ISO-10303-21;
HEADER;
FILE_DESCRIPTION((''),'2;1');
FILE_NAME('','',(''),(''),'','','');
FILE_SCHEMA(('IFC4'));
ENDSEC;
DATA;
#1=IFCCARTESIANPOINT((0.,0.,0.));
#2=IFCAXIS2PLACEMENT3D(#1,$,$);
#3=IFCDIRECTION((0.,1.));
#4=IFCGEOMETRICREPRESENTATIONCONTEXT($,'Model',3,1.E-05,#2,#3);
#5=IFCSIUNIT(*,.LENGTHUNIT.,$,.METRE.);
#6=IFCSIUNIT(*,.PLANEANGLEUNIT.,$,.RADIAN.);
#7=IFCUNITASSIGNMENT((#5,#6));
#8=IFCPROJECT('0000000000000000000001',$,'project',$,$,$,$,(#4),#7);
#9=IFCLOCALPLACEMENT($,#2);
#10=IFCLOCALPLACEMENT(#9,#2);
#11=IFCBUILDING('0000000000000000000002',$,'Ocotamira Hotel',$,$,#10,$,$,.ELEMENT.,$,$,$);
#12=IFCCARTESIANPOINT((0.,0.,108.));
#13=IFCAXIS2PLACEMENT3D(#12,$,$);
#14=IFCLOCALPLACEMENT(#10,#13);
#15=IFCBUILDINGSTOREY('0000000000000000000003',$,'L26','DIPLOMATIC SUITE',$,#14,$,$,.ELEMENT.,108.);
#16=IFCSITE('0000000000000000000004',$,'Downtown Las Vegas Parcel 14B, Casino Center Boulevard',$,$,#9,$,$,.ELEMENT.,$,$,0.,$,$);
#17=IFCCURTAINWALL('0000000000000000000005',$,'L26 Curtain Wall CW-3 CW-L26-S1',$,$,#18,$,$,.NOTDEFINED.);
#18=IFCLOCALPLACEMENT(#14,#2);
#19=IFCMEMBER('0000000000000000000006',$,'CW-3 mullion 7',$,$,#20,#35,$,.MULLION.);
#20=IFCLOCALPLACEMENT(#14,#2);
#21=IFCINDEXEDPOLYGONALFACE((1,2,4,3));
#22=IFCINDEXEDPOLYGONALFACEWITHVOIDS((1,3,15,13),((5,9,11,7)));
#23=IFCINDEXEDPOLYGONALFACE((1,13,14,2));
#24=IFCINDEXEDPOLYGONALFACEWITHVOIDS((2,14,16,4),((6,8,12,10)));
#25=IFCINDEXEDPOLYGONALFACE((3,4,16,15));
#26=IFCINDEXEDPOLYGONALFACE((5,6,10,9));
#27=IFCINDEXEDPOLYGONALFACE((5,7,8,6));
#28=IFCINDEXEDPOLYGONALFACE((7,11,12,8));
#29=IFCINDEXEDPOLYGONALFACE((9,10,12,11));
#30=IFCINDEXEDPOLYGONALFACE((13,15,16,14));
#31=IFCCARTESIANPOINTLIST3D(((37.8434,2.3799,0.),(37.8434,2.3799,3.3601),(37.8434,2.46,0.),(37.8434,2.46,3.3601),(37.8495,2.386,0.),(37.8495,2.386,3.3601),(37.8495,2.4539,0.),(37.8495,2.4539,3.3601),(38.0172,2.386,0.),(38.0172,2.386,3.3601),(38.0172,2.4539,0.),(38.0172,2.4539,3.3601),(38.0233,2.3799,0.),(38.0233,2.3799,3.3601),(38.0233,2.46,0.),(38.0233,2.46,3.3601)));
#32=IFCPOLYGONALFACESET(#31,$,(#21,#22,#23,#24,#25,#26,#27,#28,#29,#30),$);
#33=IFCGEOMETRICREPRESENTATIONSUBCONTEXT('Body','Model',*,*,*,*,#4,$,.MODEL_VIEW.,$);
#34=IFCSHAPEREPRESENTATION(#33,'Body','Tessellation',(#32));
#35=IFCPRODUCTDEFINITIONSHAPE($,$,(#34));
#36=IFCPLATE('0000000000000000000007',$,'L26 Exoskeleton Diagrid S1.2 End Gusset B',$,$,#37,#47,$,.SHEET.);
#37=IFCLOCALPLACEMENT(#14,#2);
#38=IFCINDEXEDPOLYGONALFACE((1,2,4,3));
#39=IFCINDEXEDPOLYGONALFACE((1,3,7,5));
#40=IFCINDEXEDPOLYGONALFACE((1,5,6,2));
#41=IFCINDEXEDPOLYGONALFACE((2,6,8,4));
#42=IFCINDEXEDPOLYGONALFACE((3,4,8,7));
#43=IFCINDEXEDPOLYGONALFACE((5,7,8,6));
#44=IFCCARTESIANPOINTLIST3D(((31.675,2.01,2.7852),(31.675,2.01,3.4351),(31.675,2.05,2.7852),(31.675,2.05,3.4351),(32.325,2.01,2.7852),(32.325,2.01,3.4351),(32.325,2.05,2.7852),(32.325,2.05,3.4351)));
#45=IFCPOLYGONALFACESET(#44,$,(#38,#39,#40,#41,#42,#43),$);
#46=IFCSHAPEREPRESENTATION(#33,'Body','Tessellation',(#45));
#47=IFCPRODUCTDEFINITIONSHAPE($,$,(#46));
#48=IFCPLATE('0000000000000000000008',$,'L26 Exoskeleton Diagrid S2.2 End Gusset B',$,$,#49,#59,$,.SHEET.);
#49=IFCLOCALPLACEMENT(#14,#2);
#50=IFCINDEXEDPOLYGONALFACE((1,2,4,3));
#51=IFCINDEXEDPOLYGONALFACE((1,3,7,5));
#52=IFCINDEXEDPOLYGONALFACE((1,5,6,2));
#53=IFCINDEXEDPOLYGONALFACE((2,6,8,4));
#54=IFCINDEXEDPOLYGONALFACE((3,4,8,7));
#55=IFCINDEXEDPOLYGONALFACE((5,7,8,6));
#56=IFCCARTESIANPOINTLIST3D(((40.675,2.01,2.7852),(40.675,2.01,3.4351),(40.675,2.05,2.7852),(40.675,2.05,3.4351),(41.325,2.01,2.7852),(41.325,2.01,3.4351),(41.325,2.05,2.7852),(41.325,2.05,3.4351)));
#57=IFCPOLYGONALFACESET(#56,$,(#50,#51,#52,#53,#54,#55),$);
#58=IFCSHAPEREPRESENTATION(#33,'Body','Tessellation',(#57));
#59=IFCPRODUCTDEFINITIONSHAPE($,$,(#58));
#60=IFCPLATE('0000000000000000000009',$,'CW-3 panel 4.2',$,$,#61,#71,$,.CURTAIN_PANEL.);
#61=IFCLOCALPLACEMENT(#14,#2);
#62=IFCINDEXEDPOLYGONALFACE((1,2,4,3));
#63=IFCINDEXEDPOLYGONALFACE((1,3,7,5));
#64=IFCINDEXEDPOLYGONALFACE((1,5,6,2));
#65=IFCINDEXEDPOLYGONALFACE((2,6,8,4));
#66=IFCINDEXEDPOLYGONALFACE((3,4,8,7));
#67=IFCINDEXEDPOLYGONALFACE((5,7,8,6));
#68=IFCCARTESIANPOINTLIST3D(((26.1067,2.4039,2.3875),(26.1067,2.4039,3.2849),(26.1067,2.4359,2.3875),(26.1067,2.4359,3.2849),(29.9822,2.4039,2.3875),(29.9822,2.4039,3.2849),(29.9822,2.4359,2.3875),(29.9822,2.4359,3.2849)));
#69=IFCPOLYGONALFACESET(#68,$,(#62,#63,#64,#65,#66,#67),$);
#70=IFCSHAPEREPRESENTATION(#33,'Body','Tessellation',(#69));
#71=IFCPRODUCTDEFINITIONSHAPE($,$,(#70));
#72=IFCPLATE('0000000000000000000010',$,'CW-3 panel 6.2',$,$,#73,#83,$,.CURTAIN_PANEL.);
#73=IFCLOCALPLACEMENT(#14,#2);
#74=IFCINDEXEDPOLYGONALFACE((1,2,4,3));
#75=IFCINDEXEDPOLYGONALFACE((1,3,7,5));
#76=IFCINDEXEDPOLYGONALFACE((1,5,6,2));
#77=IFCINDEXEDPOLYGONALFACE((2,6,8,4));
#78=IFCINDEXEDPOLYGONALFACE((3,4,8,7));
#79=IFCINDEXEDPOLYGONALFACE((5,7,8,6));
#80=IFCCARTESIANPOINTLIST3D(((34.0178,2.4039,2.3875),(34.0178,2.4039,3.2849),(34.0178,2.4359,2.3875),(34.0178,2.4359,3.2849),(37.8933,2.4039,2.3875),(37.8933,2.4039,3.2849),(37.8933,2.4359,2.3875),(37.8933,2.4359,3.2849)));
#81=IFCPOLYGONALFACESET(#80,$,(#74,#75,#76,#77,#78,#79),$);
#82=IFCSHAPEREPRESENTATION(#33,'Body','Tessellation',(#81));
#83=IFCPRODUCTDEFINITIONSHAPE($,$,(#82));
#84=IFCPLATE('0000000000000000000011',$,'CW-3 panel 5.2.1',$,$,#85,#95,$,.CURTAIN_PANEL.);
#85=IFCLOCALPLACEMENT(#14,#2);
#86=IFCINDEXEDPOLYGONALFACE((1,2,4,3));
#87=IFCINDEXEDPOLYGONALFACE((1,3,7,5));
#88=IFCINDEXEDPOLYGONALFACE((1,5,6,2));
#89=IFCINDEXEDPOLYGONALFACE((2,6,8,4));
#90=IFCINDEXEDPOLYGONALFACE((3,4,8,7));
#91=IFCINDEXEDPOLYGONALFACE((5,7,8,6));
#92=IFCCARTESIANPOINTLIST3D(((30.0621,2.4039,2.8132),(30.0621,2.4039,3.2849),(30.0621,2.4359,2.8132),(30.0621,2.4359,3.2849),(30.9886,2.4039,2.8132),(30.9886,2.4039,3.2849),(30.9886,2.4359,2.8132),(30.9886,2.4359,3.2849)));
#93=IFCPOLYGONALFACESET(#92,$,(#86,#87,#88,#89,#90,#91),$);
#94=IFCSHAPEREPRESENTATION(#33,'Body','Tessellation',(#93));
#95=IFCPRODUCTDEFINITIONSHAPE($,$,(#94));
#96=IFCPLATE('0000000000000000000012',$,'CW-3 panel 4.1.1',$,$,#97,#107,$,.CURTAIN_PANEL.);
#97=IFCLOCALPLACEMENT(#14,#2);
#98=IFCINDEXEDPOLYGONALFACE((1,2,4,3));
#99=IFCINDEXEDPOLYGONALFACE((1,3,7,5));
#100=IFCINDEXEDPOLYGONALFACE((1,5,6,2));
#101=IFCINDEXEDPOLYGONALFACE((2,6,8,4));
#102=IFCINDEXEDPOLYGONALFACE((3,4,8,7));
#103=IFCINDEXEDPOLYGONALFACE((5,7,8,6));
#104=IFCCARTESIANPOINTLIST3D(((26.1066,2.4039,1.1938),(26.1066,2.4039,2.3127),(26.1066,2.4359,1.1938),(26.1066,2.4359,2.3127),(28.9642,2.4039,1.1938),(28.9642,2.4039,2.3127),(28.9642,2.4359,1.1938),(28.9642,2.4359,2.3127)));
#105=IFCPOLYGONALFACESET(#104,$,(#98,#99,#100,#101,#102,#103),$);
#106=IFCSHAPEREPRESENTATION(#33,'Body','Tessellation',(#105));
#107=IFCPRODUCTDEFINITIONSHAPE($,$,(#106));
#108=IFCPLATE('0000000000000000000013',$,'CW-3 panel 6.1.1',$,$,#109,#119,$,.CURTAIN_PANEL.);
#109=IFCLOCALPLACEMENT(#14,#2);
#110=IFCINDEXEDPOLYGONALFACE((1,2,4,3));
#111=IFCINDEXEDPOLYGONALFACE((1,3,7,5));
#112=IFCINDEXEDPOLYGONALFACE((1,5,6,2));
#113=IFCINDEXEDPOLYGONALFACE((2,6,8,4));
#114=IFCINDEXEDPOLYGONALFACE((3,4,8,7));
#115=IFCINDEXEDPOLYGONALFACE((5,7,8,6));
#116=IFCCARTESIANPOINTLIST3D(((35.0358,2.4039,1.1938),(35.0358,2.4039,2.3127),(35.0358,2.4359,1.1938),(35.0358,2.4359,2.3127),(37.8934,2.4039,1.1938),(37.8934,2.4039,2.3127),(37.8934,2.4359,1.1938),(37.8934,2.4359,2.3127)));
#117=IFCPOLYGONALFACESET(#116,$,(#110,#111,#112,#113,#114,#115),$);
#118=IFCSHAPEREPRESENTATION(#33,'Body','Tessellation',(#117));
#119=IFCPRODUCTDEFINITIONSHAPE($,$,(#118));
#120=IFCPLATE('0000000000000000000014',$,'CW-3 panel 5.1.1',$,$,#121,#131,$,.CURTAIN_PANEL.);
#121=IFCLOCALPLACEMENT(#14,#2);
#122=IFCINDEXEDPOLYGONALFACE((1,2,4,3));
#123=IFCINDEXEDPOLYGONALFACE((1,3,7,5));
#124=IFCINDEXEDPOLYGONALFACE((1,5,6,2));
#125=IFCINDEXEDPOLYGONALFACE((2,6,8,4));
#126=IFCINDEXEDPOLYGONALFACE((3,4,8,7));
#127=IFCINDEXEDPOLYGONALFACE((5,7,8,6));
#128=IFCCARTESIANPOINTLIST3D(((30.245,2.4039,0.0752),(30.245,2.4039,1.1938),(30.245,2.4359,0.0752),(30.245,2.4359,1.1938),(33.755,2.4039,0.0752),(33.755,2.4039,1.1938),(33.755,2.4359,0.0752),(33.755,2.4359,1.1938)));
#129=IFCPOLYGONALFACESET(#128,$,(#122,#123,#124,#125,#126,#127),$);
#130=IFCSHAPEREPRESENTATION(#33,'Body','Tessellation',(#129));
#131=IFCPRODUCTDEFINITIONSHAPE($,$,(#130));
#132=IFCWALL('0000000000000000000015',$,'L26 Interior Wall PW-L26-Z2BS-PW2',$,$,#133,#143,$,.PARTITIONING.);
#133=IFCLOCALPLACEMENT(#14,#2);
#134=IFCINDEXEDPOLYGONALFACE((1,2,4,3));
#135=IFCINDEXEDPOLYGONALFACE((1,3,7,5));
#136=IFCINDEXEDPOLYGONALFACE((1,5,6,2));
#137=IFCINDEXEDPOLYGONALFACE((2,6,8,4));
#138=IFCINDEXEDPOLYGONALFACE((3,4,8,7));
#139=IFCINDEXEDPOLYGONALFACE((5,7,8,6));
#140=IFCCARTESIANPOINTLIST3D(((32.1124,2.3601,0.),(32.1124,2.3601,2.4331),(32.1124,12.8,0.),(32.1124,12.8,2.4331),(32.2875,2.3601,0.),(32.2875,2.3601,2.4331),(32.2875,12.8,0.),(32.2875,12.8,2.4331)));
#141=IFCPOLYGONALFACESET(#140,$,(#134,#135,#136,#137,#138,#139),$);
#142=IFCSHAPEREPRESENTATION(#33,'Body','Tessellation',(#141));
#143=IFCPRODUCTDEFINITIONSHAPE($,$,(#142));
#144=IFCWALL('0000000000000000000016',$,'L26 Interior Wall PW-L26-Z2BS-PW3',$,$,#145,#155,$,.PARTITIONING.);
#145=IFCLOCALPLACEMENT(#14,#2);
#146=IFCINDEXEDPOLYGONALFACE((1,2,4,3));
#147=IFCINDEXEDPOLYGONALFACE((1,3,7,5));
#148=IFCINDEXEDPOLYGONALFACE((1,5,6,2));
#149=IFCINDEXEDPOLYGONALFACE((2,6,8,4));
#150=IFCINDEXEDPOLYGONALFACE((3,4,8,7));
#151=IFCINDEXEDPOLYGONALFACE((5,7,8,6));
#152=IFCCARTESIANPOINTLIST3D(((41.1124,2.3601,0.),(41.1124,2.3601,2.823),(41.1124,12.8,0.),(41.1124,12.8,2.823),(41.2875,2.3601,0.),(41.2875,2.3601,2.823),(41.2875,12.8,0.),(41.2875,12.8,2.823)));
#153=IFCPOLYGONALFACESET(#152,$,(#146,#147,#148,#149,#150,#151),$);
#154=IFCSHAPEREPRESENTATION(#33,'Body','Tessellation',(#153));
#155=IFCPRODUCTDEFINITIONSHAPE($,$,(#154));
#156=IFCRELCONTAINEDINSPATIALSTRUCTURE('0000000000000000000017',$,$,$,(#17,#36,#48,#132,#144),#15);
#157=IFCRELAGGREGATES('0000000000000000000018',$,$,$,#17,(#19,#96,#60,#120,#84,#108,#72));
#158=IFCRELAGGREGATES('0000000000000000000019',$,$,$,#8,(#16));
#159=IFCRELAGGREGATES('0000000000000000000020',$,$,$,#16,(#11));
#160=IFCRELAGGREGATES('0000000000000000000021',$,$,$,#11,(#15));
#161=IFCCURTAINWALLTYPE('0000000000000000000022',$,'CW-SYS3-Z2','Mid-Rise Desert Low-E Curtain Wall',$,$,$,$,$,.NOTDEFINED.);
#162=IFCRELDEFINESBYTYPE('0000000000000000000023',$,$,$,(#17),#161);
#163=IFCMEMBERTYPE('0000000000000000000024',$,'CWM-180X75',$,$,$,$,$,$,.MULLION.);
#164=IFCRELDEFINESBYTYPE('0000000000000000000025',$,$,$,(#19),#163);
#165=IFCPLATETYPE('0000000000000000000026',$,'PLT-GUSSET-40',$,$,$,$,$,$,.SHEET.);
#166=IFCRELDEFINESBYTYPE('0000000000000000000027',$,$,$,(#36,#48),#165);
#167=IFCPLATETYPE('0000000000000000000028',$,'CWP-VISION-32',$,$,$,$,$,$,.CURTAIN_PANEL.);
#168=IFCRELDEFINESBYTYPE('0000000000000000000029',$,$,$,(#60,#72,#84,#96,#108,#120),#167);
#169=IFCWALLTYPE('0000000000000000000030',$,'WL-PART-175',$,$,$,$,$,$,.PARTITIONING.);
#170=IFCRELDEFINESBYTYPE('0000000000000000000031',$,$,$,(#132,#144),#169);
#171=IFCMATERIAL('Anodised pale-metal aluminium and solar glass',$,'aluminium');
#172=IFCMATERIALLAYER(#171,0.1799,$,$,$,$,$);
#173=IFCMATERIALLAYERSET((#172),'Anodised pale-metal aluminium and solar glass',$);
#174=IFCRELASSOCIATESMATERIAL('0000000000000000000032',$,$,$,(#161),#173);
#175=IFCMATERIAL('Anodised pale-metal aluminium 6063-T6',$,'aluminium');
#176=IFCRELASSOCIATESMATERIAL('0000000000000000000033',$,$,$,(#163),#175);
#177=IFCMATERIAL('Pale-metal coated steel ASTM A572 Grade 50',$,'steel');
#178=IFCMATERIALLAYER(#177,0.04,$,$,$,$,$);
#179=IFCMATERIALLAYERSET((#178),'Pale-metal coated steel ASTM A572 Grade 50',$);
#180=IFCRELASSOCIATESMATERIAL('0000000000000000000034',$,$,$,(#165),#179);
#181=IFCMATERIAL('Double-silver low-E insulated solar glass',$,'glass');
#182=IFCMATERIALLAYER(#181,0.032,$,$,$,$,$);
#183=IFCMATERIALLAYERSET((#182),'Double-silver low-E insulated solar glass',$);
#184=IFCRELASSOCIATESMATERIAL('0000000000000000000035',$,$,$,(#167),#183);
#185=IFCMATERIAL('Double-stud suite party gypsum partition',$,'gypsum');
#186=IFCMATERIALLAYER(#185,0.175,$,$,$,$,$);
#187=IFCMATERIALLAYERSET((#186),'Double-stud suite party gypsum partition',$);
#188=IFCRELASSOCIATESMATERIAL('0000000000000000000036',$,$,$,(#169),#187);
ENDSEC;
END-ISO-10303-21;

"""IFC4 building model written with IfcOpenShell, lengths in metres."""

from ifc_helpers import new_model, si_unit, direction, frame, frame_2d, origin, origin_2d, place, context, subcontext, project, spatial, rectangle, hollow_rectangle, extrude, source, transform, mapped, material, layer, layer_set, material_profile, profile_set, type_object, element, aggregate, save


model = new_model("IFC4")

# Units and contexts
model_context = context("Model", 3, precision=1e-05, world=origin(), true_north=direction((0.0, 1.0)))
body_context = subcontext(model_context, "Body", "Model", "MODEL_VIEW")
ifc_project = project(units=[si_unit("LENGTHUNIT", "METRE"), si_unit("PLANEANGLEUNIT", "RADIAN")], contexts=[model_context])

# Site, building, storey
site_placement = place(None, origin())
site = spatial("IfcSite", under=ifc_project, at=site_placement, Name="Downtown Las Vegas Parcel 14B, Casino Center Boulevard", CompositionType="ELEMENT", RefElevation=0.0)
building_placement = place(site_placement, origin())
building = spatial("IfcBuilding", under=site, at=building_placement, Name="Ocotamira Hotel", CompositionType="ELEMENT")
storey_placement = place(building_placement, frame((0.0, 0.0, 108.0)))
storey = spatial("IfcBuildingStorey", under=building, at=storey_placement, Name="L26", Description="DIPLOMATIC SUITE", CompositionType="ELEMENT", Elevation=108.0)

# Curtain wall, member
ifc_material_1 = material(Name="Anodised pale-metal aluminium and solar glass", Category="aluminium")
ifc_layer_1 = layer(ifc_material_1, 0.1799)
ifc_layer_set_1 = layer_set([ifc_layer_1], Name="Anodised pale-metal aluminium and solar glass")
curtain_wall_type = type_object("IfcCurtainWallType", Name="CW-SYS3-Z2", Description="Mid-Rise Desert Low-E Curtain Wall", PredefinedType="NOTDEFINED", material=ifc_layer_set_1)
curtain_wall_placement = place(storey_placement, origin())
curtain_wall = element("IfcCurtainWall", 1, at=curtain_wall_placement, inside=storey, type_object=curtain_wall_type, Name="L26 Curtain Wall CW-3 CW-L26-S1", PredefinedType="NOTDEFINED")
ifc_material_2 = material(Name="Anodised pale-metal aluminium 6063-T6", Category="aluminium")
ifc_material_profile_1 = material_profile(ifc_material_2, hollow_rectangle(XDim=0.0801, YDim=0.1799, WallThickness=0.0061, at=origin_2d()), Name="HSS180X80X6")
ifc_profile_set_1 = profile_set([ifc_material_profile_1], Name="Anodised pale-metal aluminium 6063-T6")
member_type_1 = type_object("IfcMemberType", Name="CWM-180X75", PredefinedType="MULLION", material=ifc_profile_set_1)
shared_shape_1 = source(origin(), body_context, "Body", "SweptSolid", [
    extrude(hollow_rectangle(XDim=0.0801, YDim=0.1799, WallThickness=0.0061, at=origin_2d()), origin(), (0.0, 0.0, 1.0), 3.3601),
])
member_1_placement = place(storey_placement, frame((37.9333, 2.4199, 0.0), z_axis=(0.0, 0.0, 1.0), x_axis=(0.0, 1.0, 0.0)))
member_1 = element("IfcMember", 2, at=member_1_placement, type_object=member_type_1, Name="CW-3 mullion 7", PredefinedType="MULLION", context=body_context, shape_type="MappedRepresentation", body=[
    mapped(shared_shape_1, transform((0.0, 0.0, 0.0), scale=1.0)),
])

# Plates
ifc_material_3 = material(Name="Pale-metal coated steel ASTM A572 Grade 50", Category="steel")
ifc_layer_2 = layer(ifc_material_3, 0.04)
ifc_layer_set_2 = layer_set([ifc_layer_2], Name="Pale-metal coated steel ASTM A572 Grade 50")
plate_type_1 = type_object("IfcPlateType", Name="PLT-GUSSET-40", PredefinedType="SHEET", material=ifc_layer_set_2)
shared_shape_2 = source(origin(), body_context, "Body", "SweptSolid", [
    extrude(rectangle(XDim=0.6499, YDim=0.04, at=origin_2d()), origin(), (0.0, 0.0, 1.0), 0.6499),
])
for number, where, z_axis, x_axis, name in (
    (3, (32.0, 2.03, 2.7852), (0.0, 0.0, 1.0), (1.0, 0.0, 0.0), "L26 Exoskeleton Diagrid S1.2 End Gusset B"),
    (4, (41.0, 2.03, 2.7852), (0.0, 0.0, 1.0), (1.0, 0.0, 0.0), "L26 Exoskeleton Diagrid S2.2 End Gusset B"),
):
    element("IfcPlate", number, at=place(storey_placement, frame(where, z_axis=z_axis, x_axis=x_axis)), inside=storey, type_object=plate_type_1, Name=name, PredefinedType="SHEET", context=body_context, shape_type="MappedRepresentation", body=[
        mapped(shared_shape_2, transform((0.0, 0.0, 0.0), scale=1.0)),
    ])

# Plates
ifc_material_4 = material(Name="Double-silver low-E insulated solar glass", Category="glass")
ifc_layer_3 = layer(ifc_material_4, 0.032)
ifc_layer_set_3 = layer_set([ifc_layer_3], Name="Double-silver low-E insulated solar glass")
plate_type_2 = type_object("IfcPlateType", Name="CWP-VISION-32", PredefinedType="CURTAIN_PANEL", material=ifc_layer_set_3)
shared_shape_3 = source(origin(), body_context, "Body", "SweptSolid", [
    extrude(rectangle(XDim=3.8755, YDim=0.032, at=origin_2d()), origin(), (0.0, 0.0, 1.0), 0.8975),
])
plate_1_placement = place(storey_placement, frame((28.0444, 2.4199, 2.3875), z_axis=(0.0, 0.0, 1.0), x_axis=(1.0, 0.0, 0.0)))
plate_1 = element("IfcPlate", 5, at=plate_1_placement, type_object=plate_type_2, Name="CW-3 panel 4.2", PredefinedType="CURTAIN_PANEL", context=body_context, shape_type="MappedRepresentation", body=[
    mapped(shared_shape_3, transform((0.0, 0.0, 0.0), scale=1.0)),
])
plate_2_placement = place(storey_placement, frame((35.9556, 2.4199, 2.3875), z_axis=(0.0, 0.0, 1.0), x_axis=(1.0, 0.0, 0.0)))
plate_2 = element("IfcPlate", 6, at=plate_2_placement, type_object=plate_type_2, Name="CW-3 panel 6.2", PredefinedType="CURTAIN_PANEL", context=body_context, shape_type="MappedRepresentation", body=[
    mapped(shared_shape_3, transform((0.0, 0.0, 0.0), scale=1.0)),
])
shared_shape_4 = source(origin(), body_context, "Body", "SweptSolid", [
    extrude(rectangle(XDim=0.9265, YDim=0.032, at=origin_2d()), origin(), (0.0, 0.0, 1.0), 0.4717),
])
plate_3_placement = place(storey_placement, frame((30.5254, 2.4199, 2.8132), z_axis=(0.0, 0.0, 1.0), x_axis=(1.0, 0.0, 0.0)))
plate_3 = element("IfcPlate", 7, at=plate_3_placement, type_object=plate_type_2, Name="CW-3 panel 5.2.1", PredefinedType="CURTAIN_PANEL", context=body_context, shape_type="MappedRepresentation", body=[
    mapped(shared_shape_4, transform((0.0, 0.0, 0.0), scale=1.0)),
])
shared_shape_5 = source(origin(), body_context, "Body", "SweptSolid", [
    extrude(rectangle(XDim=2.8577, YDim=0.032, at=origin_2d()), origin(), (0.0, 0.0, 1.0), 1.1189),
])
plate_4_placement = place(storey_placement, frame((27.5354, 2.4199, 1.1938), z_axis=(0.0, 0.0, 1.0), x_axis=(1.0, 0.0, 0.0)))
plate_4 = element("IfcPlate", 8, at=plate_4_placement, type_object=plate_type_2, Name="CW-3 panel 4.1.1", PredefinedType="CURTAIN_PANEL", context=body_context, shape_type="MappedRepresentation", body=[
    mapped(shared_shape_5, transform((0.0, 0.0, 0.0), scale=1.0)),
])
plate_5_placement = place(storey_placement, frame((36.4646, 2.4199, 1.1938), z_axis=(0.0, 0.0, 1.0), x_axis=(1.0, 0.0, 0.0)))
plate_5 = element("IfcPlate", 9, at=plate_5_placement, type_object=plate_type_2, Name="CW-3 panel 6.1.1", PredefinedType="CURTAIN_PANEL", context=body_context, shape_type="MappedRepresentation", body=[
    mapped(shared_shape_5, transform((0.0, 0.0, 0.0), scale=1.0)),
])
shared_shape_6 = source(origin(), body_context, "Body", "SweptSolid", [
    extrude(rectangle(XDim=3.51, YDim=0.032, at=origin_2d()), origin(), (0.0, 0.0, 1.0), 1.1187),
])
plate_6_placement = place(storey_placement, frame((32.0, 2.4199, 0.0752), z_axis=(0.0, 0.0, 1.0), x_axis=(1.0, 0.0, 0.0)))
plate_6 = element("IfcPlate", 10, at=plate_6_placement, type_object=plate_type_2, Name="CW-3 panel 5.1.1", PredefinedType="CURTAIN_PANEL", context=body_context, shape_type="MappedRepresentation", body=[
    mapped(shared_shape_6, transform((0.0, 0.0, 0.0), scale=1.0)),
])
aggregate(curtain_wall, [member_1, plate_4, plate_1, plate_6, plate_3, plate_5, plate_2])

# Walls
ifc_material_5 = material(Name="Double-stud suite party gypsum partition", Category="gypsum")
ifc_layer_4 = layer(ifc_material_5, 0.175)
ifc_layer_set_4 = layer_set([ifc_layer_4], Name="Double-stud suite party gypsum partition")
wall_type = type_object("IfcWallType", Name="WL-PART-175", PredefinedType="PARTITIONING", material=ifc_layer_set_4)
wall_1_placement = place(storey_placement, frame((32.2, 2.3601, 0.0), z_axis=(0.0, 0.0, 1.0), x_axis=(0.0, 1.0, 0.0)))
element("IfcWall", 11, at=wall_1_placement, inside=storey, type_object=wall_type, Name="L26 Interior Wall PW-L26-Z2BS-PW2", PredefinedType="PARTITIONING", context=body_context, shape_type="SweptSolid", body=[
    extrude(rectangle(XDim=10.4399, YDim=0.175, at=frame_2d((5.22, 0.0))), origin(), (0.0, 0.0, 1.0), 2.4331),
])
wall_2_placement = place(storey_placement, frame((41.2, 2.3601, 0.0), z_axis=(0.0, 0.0, 1.0), x_axis=(0.0, 1.0, 0.0)))
element("IfcWall", 12, at=wall_2_placement, inside=storey, type_object=wall_type, Name="L26 Interior Wall PW-L26-Z2BS-PW3", PredefinedType="PARTITIONING", context=body_context, shape_type="SweptSolid", body=[
    extrude(rectangle(XDim=10.4399, YDim=0.175, at=frame_2d((5.22, 0.0))), origin(), (0.0, 0.0, 1.0), 2.823),
])

save(model, "model.ifc")
